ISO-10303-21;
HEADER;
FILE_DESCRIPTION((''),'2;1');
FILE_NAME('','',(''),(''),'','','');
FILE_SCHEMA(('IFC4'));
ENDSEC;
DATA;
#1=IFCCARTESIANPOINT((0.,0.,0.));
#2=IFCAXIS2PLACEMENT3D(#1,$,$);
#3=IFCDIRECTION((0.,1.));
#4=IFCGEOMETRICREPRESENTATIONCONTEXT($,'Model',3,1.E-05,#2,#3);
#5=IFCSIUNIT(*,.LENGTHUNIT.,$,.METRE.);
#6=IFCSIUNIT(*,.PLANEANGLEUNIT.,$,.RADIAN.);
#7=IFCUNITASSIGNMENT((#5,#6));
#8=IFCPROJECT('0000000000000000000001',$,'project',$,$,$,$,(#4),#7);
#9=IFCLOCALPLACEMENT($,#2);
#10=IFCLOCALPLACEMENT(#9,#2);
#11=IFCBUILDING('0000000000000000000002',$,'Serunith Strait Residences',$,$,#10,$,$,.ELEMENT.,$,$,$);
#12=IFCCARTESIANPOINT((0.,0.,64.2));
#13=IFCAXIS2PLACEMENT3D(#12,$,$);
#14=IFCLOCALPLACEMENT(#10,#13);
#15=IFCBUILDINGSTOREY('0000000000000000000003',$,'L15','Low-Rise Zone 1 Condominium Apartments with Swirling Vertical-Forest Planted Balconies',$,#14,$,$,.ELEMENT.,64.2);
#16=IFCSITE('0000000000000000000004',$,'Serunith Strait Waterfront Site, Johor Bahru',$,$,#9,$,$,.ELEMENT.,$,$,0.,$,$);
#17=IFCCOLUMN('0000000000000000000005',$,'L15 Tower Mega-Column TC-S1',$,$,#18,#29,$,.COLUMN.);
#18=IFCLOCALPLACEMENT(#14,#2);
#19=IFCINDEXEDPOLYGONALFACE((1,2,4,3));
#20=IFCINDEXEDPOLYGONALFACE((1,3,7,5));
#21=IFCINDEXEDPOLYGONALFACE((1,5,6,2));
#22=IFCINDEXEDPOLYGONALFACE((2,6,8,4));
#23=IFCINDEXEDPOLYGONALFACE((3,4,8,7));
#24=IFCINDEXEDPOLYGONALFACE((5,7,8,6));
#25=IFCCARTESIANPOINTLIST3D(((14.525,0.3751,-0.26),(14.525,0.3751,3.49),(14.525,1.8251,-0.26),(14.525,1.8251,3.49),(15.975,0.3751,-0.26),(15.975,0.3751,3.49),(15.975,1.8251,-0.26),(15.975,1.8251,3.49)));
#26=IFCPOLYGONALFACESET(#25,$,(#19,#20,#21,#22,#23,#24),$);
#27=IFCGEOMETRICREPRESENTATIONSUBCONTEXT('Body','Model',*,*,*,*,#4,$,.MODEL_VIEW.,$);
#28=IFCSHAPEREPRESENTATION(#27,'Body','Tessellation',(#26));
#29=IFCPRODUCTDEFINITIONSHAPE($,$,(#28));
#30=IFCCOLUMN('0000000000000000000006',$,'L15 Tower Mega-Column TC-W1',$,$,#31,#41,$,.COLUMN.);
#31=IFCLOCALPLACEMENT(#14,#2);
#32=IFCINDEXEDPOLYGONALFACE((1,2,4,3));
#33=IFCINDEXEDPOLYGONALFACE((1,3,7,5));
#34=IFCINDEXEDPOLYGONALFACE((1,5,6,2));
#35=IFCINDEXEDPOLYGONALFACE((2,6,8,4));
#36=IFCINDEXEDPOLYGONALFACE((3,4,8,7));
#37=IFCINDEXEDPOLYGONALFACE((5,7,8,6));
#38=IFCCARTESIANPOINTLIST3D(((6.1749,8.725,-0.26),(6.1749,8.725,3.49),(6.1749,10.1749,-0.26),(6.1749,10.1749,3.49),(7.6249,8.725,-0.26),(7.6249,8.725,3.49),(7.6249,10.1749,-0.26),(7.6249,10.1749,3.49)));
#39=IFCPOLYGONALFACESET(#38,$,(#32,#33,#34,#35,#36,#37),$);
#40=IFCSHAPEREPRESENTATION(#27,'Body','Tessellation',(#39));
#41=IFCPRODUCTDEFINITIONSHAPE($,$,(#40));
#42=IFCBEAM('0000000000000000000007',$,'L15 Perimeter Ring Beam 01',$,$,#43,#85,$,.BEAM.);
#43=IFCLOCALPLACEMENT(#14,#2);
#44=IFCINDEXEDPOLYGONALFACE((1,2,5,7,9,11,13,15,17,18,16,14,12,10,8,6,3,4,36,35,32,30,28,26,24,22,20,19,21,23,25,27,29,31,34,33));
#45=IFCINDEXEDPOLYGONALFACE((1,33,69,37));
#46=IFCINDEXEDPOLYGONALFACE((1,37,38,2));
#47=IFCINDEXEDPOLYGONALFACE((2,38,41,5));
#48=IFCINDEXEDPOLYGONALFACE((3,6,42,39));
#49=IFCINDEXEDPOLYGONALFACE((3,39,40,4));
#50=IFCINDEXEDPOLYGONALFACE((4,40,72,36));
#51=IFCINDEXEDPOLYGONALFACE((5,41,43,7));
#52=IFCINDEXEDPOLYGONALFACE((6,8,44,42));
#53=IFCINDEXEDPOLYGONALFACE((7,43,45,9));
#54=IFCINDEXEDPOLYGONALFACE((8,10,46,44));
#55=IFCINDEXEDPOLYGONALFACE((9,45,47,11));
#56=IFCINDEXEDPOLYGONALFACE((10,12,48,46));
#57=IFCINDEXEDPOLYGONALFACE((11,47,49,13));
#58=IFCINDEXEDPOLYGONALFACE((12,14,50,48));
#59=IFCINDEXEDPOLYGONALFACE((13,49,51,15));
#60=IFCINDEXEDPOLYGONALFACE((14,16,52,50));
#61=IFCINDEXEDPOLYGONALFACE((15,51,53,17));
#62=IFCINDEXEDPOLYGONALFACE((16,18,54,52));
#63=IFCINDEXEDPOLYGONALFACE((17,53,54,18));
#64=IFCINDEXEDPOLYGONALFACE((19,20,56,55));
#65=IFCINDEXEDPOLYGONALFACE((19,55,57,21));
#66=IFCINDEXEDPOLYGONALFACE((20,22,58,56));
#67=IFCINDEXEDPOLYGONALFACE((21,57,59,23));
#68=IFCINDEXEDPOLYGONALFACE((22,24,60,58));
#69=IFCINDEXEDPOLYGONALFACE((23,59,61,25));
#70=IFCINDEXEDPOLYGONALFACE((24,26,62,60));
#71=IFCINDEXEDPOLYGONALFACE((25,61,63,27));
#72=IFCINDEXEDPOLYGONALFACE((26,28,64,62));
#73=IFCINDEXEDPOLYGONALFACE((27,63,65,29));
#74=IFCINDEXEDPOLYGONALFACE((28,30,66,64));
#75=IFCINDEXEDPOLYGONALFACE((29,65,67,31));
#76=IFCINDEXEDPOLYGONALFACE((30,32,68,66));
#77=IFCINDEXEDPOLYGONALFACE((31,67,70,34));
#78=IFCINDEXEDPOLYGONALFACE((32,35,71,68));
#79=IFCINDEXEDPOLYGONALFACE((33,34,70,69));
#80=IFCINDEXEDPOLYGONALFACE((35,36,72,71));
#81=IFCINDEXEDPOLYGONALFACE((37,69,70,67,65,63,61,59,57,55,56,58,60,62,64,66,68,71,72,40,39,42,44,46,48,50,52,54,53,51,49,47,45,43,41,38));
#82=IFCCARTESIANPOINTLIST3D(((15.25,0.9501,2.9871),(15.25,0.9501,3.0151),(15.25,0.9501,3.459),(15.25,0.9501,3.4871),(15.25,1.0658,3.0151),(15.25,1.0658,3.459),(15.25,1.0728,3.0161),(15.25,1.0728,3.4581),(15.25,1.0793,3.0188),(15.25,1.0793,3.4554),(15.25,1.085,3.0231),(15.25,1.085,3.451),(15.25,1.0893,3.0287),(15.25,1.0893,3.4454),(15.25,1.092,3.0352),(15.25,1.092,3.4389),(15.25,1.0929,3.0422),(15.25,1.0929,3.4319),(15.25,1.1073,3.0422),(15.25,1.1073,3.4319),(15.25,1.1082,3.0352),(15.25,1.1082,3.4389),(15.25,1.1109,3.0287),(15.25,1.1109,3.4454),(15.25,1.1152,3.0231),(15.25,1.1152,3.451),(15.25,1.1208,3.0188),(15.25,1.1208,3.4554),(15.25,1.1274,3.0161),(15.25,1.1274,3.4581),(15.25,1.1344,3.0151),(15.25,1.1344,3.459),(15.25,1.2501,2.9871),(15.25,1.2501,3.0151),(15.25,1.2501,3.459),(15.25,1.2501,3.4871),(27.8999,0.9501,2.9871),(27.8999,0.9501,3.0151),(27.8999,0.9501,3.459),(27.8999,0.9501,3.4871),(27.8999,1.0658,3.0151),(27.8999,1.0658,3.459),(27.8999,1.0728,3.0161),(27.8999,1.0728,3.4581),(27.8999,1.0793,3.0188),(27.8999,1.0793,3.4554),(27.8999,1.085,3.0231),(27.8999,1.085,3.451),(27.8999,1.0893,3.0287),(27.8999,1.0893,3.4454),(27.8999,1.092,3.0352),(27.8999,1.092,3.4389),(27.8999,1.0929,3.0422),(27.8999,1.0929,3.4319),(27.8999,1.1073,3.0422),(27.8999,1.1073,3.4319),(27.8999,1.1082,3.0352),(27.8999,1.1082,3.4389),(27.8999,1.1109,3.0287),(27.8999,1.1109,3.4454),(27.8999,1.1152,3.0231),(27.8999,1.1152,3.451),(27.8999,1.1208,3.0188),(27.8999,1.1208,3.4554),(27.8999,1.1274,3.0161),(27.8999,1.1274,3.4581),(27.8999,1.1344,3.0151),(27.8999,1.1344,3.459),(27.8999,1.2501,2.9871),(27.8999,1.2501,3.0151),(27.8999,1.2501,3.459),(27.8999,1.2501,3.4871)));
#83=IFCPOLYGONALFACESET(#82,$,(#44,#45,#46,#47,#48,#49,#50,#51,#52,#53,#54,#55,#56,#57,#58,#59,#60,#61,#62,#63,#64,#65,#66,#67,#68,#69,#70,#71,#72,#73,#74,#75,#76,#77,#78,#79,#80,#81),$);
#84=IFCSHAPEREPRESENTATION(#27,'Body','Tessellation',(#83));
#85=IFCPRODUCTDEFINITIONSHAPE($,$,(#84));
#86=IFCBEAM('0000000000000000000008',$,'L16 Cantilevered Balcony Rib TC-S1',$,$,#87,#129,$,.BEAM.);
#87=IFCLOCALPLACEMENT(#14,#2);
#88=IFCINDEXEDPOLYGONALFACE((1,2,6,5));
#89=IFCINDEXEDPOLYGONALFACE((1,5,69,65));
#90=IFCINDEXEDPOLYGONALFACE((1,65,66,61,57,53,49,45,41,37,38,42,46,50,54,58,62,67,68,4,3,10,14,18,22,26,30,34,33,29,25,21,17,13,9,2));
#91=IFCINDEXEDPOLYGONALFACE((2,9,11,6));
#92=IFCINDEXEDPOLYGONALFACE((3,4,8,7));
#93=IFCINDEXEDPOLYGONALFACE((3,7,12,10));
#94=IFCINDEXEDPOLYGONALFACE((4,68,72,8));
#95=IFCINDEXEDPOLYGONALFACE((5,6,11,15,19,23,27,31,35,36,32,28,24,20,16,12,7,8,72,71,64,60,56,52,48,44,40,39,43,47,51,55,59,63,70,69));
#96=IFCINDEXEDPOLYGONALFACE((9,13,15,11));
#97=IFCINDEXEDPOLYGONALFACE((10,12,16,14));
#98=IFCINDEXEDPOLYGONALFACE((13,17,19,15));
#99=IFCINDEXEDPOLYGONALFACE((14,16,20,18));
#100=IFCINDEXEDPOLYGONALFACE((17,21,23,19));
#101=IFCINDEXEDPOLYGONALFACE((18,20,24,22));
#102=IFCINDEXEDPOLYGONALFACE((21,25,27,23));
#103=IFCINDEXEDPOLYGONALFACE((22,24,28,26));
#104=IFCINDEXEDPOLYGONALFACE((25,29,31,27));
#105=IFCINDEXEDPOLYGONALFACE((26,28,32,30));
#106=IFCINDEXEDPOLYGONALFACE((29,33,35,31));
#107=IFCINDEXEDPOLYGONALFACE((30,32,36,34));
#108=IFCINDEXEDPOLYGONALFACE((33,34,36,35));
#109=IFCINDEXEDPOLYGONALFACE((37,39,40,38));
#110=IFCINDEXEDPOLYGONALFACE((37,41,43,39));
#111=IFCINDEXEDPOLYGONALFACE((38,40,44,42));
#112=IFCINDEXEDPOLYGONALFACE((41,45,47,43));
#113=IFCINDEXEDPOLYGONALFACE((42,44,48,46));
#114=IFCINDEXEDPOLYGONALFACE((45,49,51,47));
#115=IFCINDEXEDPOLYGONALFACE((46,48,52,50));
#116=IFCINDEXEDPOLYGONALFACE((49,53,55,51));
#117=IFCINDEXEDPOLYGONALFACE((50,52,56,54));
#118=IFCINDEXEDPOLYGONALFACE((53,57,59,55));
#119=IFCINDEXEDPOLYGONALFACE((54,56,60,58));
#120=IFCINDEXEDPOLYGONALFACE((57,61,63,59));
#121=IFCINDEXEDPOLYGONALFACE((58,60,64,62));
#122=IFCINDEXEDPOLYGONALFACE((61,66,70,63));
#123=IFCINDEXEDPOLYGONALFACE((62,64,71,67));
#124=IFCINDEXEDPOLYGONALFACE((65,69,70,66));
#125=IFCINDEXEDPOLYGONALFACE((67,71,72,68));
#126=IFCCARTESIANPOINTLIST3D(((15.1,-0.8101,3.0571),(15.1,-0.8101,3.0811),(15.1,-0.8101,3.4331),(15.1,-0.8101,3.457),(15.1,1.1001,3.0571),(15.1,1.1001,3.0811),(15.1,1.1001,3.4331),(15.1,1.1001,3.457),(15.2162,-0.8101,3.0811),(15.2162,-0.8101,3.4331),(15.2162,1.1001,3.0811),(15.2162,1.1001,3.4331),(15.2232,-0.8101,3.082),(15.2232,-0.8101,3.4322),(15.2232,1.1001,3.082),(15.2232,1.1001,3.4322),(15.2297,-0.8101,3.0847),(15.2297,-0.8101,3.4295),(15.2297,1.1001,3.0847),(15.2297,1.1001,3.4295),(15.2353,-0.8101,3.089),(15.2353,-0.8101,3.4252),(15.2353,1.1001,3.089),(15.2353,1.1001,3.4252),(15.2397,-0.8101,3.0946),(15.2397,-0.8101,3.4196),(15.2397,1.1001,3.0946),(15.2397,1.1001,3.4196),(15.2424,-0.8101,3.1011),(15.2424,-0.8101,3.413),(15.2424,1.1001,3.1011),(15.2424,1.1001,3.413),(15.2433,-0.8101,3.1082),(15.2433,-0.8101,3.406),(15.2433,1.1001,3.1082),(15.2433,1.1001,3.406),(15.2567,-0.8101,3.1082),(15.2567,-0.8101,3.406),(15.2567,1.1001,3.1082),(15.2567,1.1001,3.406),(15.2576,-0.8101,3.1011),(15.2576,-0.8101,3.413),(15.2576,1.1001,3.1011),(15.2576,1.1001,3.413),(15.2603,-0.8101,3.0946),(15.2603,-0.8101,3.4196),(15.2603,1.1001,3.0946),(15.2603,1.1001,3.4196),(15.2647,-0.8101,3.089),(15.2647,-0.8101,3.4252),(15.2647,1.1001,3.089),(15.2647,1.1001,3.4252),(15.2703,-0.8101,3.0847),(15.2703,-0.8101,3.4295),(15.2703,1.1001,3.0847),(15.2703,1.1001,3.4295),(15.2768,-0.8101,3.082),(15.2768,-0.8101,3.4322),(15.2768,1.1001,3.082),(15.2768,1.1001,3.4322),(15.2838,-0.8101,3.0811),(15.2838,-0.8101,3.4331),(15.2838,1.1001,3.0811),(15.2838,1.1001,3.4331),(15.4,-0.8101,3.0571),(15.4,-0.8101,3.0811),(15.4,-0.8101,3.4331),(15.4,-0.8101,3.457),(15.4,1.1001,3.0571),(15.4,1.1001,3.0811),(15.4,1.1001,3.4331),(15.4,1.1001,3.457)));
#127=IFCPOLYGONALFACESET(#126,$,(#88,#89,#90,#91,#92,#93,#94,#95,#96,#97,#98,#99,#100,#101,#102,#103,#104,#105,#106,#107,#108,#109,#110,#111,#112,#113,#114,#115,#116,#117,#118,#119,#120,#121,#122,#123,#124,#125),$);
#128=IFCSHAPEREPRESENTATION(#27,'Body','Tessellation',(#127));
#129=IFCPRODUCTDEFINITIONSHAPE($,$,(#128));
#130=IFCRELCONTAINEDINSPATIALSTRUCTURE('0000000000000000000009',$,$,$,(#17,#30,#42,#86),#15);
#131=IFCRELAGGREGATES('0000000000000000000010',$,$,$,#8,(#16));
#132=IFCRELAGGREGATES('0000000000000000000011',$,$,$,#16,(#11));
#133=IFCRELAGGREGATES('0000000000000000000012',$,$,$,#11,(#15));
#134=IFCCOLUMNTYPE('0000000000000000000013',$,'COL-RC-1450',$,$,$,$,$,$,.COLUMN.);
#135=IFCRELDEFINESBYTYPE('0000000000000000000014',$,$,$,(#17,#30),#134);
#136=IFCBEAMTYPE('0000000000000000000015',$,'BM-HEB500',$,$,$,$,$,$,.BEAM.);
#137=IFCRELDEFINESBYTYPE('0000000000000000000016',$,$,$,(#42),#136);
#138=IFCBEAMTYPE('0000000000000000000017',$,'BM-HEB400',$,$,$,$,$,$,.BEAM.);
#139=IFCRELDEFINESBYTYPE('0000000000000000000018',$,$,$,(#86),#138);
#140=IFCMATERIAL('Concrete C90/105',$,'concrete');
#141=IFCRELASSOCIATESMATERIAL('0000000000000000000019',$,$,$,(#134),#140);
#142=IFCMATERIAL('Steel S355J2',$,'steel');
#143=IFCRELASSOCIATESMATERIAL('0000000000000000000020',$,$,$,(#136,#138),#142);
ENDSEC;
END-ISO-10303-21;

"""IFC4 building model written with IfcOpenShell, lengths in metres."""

from ifc_helpers import new_model, si_unit, direction, frame, origin, origin_2d, place, context, subcontext, project, spatial, rectangle, i_section, extrude, source, transform, mapped, material, material_profile, profile_set, type_object, element, save


model = new_model("IFC4")

# Units and contexts
model_context = context("Model", 3, precision=1e-05, world=origin(), true_north=direction((0.0, 1.0)))
body_context = subcontext(model_context, "Body", "Model", "MODEL_VIEW")
ifc_project = project(units=[si_unit("LENGTHUNIT", "METRE"), si_unit("PLANEANGLEUNIT", "RADIAN")], contexts=[model_context])

# Site, building, storey
site_placement = place(None, origin())
site = spatial("IfcSite", under=ifc_project, at=site_placement, Name="Serunith Strait Waterfront Site, Johor Bahru", CompositionType="ELEMENT", RefElevation=0.0)
building_placement = place(site_placement, origin())
building = spatial("IfcBuilding", under=site, at=building_placement, Name="Serunith Strait Residences", CompositionType="ELEMENT")
storey_placement = place(building_placement, frame((0.0, 0.0, 64.2)))
storey = spatial("IfcBuildingStorey", under=building, at=storey_placement, Name="L15", Description="Low-Rise Zone 1 Condominium Apartments with Swirling Vertical-Forest Planted Balconies", CompositionType="ELEMENT", Elevation=64.2)

# Columns
ifc_material_1 = material(Name="Concrete C90/105", Category="concrete")
ifc_material_profile_1 = material_profile(ifc_material_1, rectangle(XDim=1.45, YDim=1.45, at=origin_2d()), Name="RC 1450x1450")
ifc_profile_set_1 = profile_set([ifc_material_profile_1], Name="Concrete C90/105")
column_type = type_object("IfcColumnType", Name="COL-RC-1450", PredefinedType="COLUMN", material=ifc_profile_set_1)
shared_shape_1 = source(origin(), body_context, "Body", "SweptSolid", [
    extrude(rectangle(XDim=1.45, YDim=1.45, at=origin_2d()), origin(), (0.0, 0.0, 1.0), 3.75),
])
for number, where, z_axis, x_axis, name in (
    (1, (15.25, 1.1001, -0.26), (0.0, 0.0, 1.0), (1.0, 0.0, 0.0), "L15 Tower Mega-Column TC-S1"),
    (2, (6.8999, 9.45, -0.26), (0.0, 0.0, 1.0), (1.0, 0.0, 0.0), "L15 Tower Mega-Column TC-W1"),
):
    element("IfcColumn", number, at=place(storey_placement, frame(where, z_axis=z_axis, x_axis=x_axis)), inside=storey, type_object=column_type, Name=name, PredefinedType="COLUMN", context=body_context, shape_type="MappedRepresentation", body=[
        mapped(shared_shape_1, transform((0.0, 0.0, 0.0), scale=1.0)),
    ])

# Beams
ifc_material_2 = material(Name="Steel S355J2", Category="steel")
ifc_material_profile_2 = material_profile(ifc_material_2, i_section(OverallWidth=0.3, OverallDepth=0.5, WebThickness=0.0144, FlangeThickness=0.0281, FilletRadius=0.0271, at=origin_2d()), Name="HEB 500")
ifc_profile_set_2 = profile_set([ifc_material_profile_2], Name="Steel S355J2")
beam_type_1 = type_object("IfcBeamType", Name="BM-HEB500", PredefinedType="BEAM", material=ifc_profile_set_2)
shared_shape_2 = source(origin(), body_context, "Body", "SweptSolid", [
    extrude(i_section(OverallWidth=0.3, OverallDepth=0.5, WebThickness=0.0144, FlangeThickness=0.0281, FilletRadius=0.0271, at=origin_2d()), origin(), (0.0, 0.0, 1.0), 12.6499),
])
beam_1_placement = place(storey_placement, frame((15.25, 1.1001, 3.2371), z_axis=(1.0, 0.0, 0.0), x_axis=(0.0, 1.0, 0.0)))
element("IfcBeam", 3, at=beam_1_placement, inside=storey, type_object=beam_type_1, Name="L15 Perimeter Ring Beam 01", PredefinedType="BEAM", context=body_context, shape_type="MappedRepresentation", body=[
    mapped(shared_shape_2, transform((0.0, 0.0, 0.0), scale=1.0)),
])
ifc_material_profile_3 = material_profile(ifc_material_2, i_section(OverallWidth=0.3, OverallDepth=0.3999, WebThickness=0.0134, FlangeThickness=0.0239, FilletRadius=0.0271, at=origin_2d()), Name="HEB 400")
ifc_profile_set_3 = profile_set([ifc_material_profile_3], Name="Steel S355J2")
beam_type_2 = type_object("IfcBeamType", Name="BM-HEB400", PredefinedType="BEAM", material=ifc_profile_set_3)
shared_shape_3 = source(origin(), body_context, "Body", "SweptSolid", [
    extrude(i_section(OverallWidth=0.3, OverallDepth=0.3999, WebThickness=0.0134, FlangeThickness=0.0239, FilletRadius=0.0271, at=origin_2d()), origin(), (0.0, 0.0, 1.0), 1.9102),
])
beam_2_placement = place(storey_placement, frame((15.25, 1.1001, 3.2571), z_axis=(0.0, -1.0, 0.0), x_axis=(1.0, 0.0, 0.0)))
element("IfcBeam", 4, at=beam_2_placement, inside=storey, type_object=beam_type_2, Name="L16 Cantilevered Balcony Rib TC-S1", PredefinedType="BEAM", context=body_context, shape_type="MappedRepresentation", body=[
    mapped(shared_shape_3, transform((0.0, 0.0, 0.0), scale=1.0)),
])

save(model, "model.ifc")
